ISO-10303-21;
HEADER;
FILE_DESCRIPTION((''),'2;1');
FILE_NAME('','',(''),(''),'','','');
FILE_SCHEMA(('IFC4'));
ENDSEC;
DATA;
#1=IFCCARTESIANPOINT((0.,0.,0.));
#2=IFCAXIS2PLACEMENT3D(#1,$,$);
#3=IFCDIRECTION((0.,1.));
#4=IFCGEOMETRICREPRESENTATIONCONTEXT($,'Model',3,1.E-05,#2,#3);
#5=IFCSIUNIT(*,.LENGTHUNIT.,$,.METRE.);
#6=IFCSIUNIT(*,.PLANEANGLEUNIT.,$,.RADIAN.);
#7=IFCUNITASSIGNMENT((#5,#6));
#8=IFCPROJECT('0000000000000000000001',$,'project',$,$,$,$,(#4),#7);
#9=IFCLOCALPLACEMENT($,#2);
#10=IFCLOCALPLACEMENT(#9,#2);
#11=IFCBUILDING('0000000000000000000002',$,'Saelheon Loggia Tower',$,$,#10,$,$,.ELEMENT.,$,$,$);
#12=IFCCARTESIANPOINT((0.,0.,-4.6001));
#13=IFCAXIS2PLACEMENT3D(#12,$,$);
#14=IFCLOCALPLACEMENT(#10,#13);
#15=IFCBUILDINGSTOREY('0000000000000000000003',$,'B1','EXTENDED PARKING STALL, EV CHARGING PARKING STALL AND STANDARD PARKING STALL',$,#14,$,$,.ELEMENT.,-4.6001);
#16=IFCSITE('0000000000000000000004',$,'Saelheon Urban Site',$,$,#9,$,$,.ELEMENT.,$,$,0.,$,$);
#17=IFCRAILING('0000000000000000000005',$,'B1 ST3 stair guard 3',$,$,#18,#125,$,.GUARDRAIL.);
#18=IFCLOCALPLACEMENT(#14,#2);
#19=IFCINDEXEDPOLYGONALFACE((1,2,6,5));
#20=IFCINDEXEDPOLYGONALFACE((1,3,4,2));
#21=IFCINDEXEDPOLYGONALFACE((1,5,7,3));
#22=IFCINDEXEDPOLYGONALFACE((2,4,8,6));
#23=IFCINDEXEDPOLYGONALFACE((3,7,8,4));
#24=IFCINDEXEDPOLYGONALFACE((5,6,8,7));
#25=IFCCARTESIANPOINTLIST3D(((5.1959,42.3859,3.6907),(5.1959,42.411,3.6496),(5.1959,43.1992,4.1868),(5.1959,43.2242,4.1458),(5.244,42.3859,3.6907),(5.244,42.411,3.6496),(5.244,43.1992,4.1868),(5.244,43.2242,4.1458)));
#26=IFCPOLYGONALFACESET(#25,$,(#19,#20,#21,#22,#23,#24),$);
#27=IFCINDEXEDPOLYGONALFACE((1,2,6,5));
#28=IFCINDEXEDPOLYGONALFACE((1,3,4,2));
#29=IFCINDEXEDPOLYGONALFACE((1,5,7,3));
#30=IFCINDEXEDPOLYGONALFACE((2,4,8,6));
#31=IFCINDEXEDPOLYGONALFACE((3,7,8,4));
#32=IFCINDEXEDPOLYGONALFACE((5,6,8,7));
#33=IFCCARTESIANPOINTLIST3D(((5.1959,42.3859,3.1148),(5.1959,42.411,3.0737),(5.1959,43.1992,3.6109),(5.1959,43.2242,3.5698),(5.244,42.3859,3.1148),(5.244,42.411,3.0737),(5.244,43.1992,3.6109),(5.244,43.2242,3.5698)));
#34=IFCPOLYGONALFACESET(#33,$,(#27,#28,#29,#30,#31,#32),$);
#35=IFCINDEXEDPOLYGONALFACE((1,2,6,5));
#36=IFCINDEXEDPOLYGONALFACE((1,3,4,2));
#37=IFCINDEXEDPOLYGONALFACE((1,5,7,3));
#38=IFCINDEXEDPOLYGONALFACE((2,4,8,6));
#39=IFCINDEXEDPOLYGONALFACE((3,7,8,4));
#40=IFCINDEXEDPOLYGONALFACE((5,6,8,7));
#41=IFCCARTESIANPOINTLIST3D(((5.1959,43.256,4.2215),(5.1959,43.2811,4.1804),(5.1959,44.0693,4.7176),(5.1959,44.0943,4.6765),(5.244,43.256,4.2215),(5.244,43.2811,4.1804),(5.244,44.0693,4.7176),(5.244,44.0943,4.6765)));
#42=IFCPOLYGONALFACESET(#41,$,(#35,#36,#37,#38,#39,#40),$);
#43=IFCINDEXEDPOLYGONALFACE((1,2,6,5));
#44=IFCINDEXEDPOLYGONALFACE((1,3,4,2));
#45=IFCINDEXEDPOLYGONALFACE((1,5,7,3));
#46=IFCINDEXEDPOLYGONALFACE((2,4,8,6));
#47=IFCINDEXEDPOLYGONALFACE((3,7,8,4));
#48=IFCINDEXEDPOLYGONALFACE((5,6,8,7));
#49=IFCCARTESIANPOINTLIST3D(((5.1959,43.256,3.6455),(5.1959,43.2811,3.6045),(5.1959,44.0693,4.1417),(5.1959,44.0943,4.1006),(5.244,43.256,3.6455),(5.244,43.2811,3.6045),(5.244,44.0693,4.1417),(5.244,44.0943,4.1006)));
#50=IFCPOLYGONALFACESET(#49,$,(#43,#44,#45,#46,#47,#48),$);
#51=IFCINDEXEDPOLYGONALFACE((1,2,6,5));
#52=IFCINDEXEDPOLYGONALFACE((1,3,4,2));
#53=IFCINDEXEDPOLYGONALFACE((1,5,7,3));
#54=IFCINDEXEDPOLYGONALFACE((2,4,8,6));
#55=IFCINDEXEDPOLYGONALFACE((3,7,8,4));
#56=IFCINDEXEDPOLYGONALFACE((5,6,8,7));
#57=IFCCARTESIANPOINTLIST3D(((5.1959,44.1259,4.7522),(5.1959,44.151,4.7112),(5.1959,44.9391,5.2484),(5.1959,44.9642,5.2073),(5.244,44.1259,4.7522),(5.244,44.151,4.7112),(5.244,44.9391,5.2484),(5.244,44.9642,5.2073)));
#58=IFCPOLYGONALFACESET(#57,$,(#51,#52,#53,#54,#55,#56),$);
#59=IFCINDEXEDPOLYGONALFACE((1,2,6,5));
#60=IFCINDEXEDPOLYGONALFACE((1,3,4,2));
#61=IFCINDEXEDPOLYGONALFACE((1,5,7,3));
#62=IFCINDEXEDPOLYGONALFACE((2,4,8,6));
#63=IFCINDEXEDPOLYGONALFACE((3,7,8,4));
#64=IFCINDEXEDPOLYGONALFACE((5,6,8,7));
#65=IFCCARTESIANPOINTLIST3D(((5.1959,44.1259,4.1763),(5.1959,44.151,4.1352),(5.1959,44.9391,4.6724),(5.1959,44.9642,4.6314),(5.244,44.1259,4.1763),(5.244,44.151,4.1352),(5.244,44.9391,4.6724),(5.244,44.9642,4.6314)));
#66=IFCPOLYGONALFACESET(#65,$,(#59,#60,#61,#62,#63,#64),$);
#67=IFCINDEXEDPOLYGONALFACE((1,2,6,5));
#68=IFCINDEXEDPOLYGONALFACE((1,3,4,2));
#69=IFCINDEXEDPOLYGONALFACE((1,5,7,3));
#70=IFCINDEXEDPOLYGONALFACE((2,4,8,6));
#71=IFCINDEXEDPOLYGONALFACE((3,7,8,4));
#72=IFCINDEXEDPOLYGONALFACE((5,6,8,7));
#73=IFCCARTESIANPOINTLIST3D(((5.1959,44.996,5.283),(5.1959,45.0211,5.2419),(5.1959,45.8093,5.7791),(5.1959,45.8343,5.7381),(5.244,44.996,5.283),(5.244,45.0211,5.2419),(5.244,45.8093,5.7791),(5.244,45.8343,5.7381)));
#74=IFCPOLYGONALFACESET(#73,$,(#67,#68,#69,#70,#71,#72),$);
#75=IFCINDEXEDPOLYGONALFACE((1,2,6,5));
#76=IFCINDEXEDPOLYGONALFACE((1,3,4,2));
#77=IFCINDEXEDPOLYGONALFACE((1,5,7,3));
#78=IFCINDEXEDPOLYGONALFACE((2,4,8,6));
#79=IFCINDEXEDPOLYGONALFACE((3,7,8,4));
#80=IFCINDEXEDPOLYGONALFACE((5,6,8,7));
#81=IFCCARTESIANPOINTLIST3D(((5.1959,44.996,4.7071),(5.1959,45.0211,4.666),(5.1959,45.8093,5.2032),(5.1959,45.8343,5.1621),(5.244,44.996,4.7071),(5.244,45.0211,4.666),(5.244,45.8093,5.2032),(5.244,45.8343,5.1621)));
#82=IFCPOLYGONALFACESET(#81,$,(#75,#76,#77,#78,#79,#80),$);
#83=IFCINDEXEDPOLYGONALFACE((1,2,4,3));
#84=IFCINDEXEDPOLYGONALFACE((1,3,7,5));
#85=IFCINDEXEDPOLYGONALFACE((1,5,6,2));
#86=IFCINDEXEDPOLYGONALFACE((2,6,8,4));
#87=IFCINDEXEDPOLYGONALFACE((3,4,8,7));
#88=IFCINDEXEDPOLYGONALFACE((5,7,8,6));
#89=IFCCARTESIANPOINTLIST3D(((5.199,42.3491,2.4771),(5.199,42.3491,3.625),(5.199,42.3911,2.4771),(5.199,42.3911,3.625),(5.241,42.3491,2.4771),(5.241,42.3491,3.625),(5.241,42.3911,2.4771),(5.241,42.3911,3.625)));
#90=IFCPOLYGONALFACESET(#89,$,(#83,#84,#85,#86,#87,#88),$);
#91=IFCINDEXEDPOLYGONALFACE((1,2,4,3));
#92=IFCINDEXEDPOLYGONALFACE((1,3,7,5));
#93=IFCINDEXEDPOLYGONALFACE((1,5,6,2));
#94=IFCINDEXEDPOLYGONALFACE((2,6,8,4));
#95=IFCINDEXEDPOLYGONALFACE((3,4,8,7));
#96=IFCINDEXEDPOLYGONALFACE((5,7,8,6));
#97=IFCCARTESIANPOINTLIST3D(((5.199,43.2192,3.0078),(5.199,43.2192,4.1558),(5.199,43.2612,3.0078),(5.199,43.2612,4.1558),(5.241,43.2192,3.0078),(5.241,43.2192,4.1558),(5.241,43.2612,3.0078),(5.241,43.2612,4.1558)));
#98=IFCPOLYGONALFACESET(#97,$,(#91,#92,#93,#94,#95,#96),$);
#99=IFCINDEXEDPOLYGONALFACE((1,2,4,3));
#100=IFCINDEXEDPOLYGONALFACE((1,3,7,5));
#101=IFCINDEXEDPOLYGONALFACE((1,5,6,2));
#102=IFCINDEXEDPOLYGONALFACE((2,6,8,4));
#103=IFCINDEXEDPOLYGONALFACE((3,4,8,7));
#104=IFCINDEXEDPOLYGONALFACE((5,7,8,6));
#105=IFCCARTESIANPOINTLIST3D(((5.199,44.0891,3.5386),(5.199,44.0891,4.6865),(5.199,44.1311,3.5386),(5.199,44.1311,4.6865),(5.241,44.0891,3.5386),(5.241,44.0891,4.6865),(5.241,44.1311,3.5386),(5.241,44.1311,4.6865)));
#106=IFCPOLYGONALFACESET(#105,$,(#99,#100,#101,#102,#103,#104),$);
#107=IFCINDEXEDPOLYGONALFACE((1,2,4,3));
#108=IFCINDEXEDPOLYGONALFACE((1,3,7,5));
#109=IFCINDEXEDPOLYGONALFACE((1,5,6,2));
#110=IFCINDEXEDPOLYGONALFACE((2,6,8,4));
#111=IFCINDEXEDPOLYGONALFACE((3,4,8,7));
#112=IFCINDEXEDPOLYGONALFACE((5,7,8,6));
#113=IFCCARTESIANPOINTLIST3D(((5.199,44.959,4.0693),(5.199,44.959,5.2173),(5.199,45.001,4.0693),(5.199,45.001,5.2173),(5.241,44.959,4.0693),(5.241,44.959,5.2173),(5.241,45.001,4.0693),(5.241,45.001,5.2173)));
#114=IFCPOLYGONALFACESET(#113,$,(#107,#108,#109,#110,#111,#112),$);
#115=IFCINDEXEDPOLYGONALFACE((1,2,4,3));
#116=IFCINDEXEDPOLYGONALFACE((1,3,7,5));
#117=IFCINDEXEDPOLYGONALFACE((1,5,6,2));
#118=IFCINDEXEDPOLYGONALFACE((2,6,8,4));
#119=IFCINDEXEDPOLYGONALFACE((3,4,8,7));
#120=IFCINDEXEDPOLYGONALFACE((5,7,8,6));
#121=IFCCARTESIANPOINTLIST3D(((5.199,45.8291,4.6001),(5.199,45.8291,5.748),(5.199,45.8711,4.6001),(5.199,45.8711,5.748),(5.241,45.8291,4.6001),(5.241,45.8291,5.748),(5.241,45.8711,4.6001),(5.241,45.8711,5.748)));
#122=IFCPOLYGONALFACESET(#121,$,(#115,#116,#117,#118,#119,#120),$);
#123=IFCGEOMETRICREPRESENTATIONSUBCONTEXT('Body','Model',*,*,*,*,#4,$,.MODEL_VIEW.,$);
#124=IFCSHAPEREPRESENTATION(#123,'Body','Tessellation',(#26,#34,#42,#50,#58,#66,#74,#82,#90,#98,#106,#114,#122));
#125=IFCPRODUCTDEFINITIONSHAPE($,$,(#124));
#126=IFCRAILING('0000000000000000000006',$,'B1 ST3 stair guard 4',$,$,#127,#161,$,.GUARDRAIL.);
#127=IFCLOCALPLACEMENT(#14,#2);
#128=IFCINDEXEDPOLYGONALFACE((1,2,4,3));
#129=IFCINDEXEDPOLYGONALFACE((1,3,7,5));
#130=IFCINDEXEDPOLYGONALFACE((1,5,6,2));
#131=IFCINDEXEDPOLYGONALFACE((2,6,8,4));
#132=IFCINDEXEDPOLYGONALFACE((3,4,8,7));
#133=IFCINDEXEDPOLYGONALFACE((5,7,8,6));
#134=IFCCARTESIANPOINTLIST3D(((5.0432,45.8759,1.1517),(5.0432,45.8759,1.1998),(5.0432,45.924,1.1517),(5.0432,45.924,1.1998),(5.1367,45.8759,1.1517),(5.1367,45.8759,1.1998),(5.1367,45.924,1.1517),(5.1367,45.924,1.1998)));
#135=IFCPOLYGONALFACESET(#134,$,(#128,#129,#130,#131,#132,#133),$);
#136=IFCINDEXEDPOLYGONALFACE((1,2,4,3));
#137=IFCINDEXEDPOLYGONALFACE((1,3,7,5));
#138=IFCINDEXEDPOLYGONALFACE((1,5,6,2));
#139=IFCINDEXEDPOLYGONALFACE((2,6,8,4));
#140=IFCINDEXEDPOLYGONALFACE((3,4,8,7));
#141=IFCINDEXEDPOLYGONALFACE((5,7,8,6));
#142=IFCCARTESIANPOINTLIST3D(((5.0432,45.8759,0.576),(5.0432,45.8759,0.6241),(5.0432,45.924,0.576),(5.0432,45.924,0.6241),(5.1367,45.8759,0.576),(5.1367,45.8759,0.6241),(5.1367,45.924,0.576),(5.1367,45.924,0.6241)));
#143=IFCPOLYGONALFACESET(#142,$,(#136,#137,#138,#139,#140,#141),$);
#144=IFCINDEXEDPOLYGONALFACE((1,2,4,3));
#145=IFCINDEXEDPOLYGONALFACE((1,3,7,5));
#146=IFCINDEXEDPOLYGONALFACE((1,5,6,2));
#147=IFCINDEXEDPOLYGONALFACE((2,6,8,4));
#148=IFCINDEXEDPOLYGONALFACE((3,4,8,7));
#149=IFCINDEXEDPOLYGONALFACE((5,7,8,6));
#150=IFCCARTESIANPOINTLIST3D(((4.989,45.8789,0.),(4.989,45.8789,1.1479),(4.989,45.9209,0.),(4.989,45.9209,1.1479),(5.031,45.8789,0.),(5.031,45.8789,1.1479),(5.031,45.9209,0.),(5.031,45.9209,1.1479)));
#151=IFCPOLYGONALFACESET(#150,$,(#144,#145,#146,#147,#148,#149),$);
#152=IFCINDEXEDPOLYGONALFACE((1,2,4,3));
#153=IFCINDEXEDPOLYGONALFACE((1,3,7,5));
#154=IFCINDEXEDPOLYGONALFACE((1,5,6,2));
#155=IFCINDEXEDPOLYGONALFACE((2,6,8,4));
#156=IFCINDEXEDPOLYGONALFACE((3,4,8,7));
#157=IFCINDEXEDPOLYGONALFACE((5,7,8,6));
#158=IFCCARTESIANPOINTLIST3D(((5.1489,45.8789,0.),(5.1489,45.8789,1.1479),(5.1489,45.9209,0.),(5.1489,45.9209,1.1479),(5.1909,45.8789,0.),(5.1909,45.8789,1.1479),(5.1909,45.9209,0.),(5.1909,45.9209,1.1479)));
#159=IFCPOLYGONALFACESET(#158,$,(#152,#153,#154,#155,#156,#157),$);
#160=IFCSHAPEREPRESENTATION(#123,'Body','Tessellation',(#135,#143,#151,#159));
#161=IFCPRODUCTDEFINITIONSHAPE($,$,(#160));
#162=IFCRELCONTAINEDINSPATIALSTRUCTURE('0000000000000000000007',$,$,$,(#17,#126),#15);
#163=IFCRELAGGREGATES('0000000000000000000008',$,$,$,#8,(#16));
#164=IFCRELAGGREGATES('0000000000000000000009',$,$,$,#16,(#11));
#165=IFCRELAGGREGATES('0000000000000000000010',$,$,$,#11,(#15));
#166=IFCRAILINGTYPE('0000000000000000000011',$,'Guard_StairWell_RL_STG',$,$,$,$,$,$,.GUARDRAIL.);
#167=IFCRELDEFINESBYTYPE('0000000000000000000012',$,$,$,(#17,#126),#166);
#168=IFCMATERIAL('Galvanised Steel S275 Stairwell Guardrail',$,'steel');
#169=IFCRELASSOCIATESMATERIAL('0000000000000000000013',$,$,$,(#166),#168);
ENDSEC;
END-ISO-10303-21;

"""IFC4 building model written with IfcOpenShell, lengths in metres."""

from ifc_helpers import new_model, si_unit, direction, frame, origin, origin_2d, place, context, subcontext, project, spatial, rectangle, extrude, material, type_object, element, save


model = new_model("IFC4")

# Units and contexts
model_context = context("Model", 3, precision=1e-05, world=origin(), true_north=direction((0.0, 1.0)))
body_context = subcontext(model_context, "Body", "Model", "MODEL_VIEW")
ifc_project = project(units=[si_unit("LENGTHUNIT", "METRE"), si_unit("PLANEANGLEUNIT", "RADIAN")], contexts=[model_context])

# Site, building, storey
site_placement = place(None, origin())
site = spatial("IfcSite", under=ifc_project, at=site_placement, Name="Saelheon Urban Site", CompositionType="ELEMENT", RefElevation=0.0)
building_placement = place(site_placement, origin())
building = spatial("IfcBuilding", under=site, at=building_placement, Name="Saelheon Loggia Tower", CompositionType="ELEMENT")
storey_placement = place(building_placement, frame((0.0, 0.0, -4.6001)))
storey = spatial("IfcBuildingStorey", under=building, at=storey_placement, Name="B1", Description="EXTENDED PARKING STALL, EV CHARGING PARKING STALL AND STANDARD PARKING STALL", CompositionType="ELEMENT", Elevation=-4.6001)

# Railings
ifc_material_1 = material(Name="Galvanised Steel S275 Stairwell Guardrail", Category="steel")
railing_type_1 = type_object("IfcRailingType", Name="Guard_StairWell_RL_STG", PredefinedType="GUARDRAIL", material=ifc_material_1)
railing_1_placement = place(storey_placement, frame((5.22, 42.3701, 2.4771)))
element("IfcRailing", 1, at=railing_1_placement, inside=storey, type_object=railing_type_1, Name="B1 ST3 stair guard 3", PredefinedType="GUARDRAIL", context=body_context, shape_type="SweptSolid", body=[
    extrude(rectangle(XDim=0.0481, YDim=0.0481, at=origin_2d()), frame((0.0, 0.0283, 1.1931), z_axis=(0.0, 0.853675, 0.520805), x_axis=(-1.0, 0.0, 0.0)), (0.0, 0.0, 1.0), 0.9526),
    extrude(rectangle(XDim=0.0481, YDim=0.0481, at=origin_2d()), frame((0.0, 0.0283, 0.6172), z_axis=(0.0, 0.853675, 0.520805), x_axis=(-1.0, 0.0, 0.0)), (0.0, 0.0, 1.0), 0.9526),
    extrude(rectangle(XDim=0.0481, YDim=0.0481, at=origin_2d()), frame((0.0, 0.8984, 1.7239), z_axis=(0.0, 0.853675, 0.520805), x_axis=(-1.0, 0.0, 0.0)), (0.0, 0.0, 1.0), 0.9526),
    extrude(rectangle(XDim=0.0481, YDim=0.0481, at=origin_2d()), frame((0.0, 0.8984, 1.1479), z_axis=(0.0, 0.853675, 0.520805), x_axis=(-1.0, 0.0, 0.0)), (0.0, 0.0, 1.0), 0.9526),
    extrude(rectangle(XDim=0.0481, YDim=0.0481, at=origin_2d()), frame((0.0, 1.7683, 2.2546), z_axis=(0.0, 0.853675, 0.520805), x_axis=(-1.0, 0.0, 0.0)), (0.0, 0.0, 1.0), 0.9526),
    extrude(rectangle(XDim=0.0481, YDim=0.0481, at=origin_2d()), frame((0.0, 1.7683, 1.6787), z_axis=(0.0, 0.853675, 0.520805), x_axis=(-1.0, 0.0, 0.0)), (0.0, 0.0, 1.0), 0.9526),
    extrude(rectangle(XDim=0.0481, YDim=0.0481, at=origin_2d()), frame((0.0, 2.6384, 2.7854), z_axis=(0.0, 0.853675, 0.520805), x_axis=(-1.0, 0.0, 0.0)), (0.0, 0.0, 1.0), 0.9526),
    extrude(rectangle(XDim=0.0481, YDim=0.0481, at=origin_2d()), frame((0.0, 2.6384, 2.2095), z_axis=(0.0, 0.853675, 0.520805), x_axis=(-1.0, 0.0, 0.0)), (0.0, 0.0, 1.0), 0.9526),
    extrude(rectangle(XDim=0.042, YDim=0.042, at=origin_2d()), origin(), (0.0, 0.0, 1.0), 1.1479),
    extrude(rectangle(XDim=0.042, YDim=0.042, at=origin_2d()), frame((0.0, 0.8701, 0.5308)), (0.0, 0.0, 1.0), 1.1479),
    extrude(rectangle(XDim=0.042, YDim=0.042, at=origin_2d()), frame((0.0, 1.74, 1.0615)), (0.0, 0.0, 1.0), 1.1479),
    extrude(rectangle(XDim=0.042, YDim=0.042, at=origin_2d()), frame((0.0, 2.6099, 1.5923)), (0.0, 0.0, 1.0), 1.1479),
    extrude(rectangle(XDim=0.042, YDim=0.042, at=origin_2d()), frame((0.0, 3.48, 2.123)), (0.0, 0.0, 1.0), 1.1479),
])
railing_2_placement = place(storey_placement, frame((5.01, 45.8999, 0.0)))
element("IfcRailing", 2, at=railing_2_placement, inside=storey, type_object=railing_type_1, Name="B1 ST3 stair guard 4", PredefinedType="GUARDRAIL", context=body_context, shape_type="SweptSolid", body=[
    extrude(rectangle(XDim=0.0481, YDim=0.0481, at=origin_2d()), frame((0.0332, 0.0, 1.1758), z_axis=(1.0, 0.0, 0.0), x_axis=(0.0, 1.0, 0.0)), (0.0, 0.0, 1.0), 0.0935),
    extrude(rectangle(XDim=0.0481, YDim=0.0481, at=origin_2d()), frame((0.0332, 0.0, 0.6001), z_axis=(1.0, 0.0, 0.0), x_axis=(0.0, 1.0, 0.0)), (0.0, 0.0, 1.0), 0.0935),
    extrude(rectangle(XDim=0.042, YDim=0.042, at=origin_2d()), origin(), (0.0, 0.0, 1.0), 1.1479),
    extrude(rectangle(XDim=0.042, YDim=0.042, at=origin_2d()), frame((0.1599, 0.0, 0.0)), (0.0, 0.0, 1.0), 1.1479),
])

save(model, "model.ifc")
